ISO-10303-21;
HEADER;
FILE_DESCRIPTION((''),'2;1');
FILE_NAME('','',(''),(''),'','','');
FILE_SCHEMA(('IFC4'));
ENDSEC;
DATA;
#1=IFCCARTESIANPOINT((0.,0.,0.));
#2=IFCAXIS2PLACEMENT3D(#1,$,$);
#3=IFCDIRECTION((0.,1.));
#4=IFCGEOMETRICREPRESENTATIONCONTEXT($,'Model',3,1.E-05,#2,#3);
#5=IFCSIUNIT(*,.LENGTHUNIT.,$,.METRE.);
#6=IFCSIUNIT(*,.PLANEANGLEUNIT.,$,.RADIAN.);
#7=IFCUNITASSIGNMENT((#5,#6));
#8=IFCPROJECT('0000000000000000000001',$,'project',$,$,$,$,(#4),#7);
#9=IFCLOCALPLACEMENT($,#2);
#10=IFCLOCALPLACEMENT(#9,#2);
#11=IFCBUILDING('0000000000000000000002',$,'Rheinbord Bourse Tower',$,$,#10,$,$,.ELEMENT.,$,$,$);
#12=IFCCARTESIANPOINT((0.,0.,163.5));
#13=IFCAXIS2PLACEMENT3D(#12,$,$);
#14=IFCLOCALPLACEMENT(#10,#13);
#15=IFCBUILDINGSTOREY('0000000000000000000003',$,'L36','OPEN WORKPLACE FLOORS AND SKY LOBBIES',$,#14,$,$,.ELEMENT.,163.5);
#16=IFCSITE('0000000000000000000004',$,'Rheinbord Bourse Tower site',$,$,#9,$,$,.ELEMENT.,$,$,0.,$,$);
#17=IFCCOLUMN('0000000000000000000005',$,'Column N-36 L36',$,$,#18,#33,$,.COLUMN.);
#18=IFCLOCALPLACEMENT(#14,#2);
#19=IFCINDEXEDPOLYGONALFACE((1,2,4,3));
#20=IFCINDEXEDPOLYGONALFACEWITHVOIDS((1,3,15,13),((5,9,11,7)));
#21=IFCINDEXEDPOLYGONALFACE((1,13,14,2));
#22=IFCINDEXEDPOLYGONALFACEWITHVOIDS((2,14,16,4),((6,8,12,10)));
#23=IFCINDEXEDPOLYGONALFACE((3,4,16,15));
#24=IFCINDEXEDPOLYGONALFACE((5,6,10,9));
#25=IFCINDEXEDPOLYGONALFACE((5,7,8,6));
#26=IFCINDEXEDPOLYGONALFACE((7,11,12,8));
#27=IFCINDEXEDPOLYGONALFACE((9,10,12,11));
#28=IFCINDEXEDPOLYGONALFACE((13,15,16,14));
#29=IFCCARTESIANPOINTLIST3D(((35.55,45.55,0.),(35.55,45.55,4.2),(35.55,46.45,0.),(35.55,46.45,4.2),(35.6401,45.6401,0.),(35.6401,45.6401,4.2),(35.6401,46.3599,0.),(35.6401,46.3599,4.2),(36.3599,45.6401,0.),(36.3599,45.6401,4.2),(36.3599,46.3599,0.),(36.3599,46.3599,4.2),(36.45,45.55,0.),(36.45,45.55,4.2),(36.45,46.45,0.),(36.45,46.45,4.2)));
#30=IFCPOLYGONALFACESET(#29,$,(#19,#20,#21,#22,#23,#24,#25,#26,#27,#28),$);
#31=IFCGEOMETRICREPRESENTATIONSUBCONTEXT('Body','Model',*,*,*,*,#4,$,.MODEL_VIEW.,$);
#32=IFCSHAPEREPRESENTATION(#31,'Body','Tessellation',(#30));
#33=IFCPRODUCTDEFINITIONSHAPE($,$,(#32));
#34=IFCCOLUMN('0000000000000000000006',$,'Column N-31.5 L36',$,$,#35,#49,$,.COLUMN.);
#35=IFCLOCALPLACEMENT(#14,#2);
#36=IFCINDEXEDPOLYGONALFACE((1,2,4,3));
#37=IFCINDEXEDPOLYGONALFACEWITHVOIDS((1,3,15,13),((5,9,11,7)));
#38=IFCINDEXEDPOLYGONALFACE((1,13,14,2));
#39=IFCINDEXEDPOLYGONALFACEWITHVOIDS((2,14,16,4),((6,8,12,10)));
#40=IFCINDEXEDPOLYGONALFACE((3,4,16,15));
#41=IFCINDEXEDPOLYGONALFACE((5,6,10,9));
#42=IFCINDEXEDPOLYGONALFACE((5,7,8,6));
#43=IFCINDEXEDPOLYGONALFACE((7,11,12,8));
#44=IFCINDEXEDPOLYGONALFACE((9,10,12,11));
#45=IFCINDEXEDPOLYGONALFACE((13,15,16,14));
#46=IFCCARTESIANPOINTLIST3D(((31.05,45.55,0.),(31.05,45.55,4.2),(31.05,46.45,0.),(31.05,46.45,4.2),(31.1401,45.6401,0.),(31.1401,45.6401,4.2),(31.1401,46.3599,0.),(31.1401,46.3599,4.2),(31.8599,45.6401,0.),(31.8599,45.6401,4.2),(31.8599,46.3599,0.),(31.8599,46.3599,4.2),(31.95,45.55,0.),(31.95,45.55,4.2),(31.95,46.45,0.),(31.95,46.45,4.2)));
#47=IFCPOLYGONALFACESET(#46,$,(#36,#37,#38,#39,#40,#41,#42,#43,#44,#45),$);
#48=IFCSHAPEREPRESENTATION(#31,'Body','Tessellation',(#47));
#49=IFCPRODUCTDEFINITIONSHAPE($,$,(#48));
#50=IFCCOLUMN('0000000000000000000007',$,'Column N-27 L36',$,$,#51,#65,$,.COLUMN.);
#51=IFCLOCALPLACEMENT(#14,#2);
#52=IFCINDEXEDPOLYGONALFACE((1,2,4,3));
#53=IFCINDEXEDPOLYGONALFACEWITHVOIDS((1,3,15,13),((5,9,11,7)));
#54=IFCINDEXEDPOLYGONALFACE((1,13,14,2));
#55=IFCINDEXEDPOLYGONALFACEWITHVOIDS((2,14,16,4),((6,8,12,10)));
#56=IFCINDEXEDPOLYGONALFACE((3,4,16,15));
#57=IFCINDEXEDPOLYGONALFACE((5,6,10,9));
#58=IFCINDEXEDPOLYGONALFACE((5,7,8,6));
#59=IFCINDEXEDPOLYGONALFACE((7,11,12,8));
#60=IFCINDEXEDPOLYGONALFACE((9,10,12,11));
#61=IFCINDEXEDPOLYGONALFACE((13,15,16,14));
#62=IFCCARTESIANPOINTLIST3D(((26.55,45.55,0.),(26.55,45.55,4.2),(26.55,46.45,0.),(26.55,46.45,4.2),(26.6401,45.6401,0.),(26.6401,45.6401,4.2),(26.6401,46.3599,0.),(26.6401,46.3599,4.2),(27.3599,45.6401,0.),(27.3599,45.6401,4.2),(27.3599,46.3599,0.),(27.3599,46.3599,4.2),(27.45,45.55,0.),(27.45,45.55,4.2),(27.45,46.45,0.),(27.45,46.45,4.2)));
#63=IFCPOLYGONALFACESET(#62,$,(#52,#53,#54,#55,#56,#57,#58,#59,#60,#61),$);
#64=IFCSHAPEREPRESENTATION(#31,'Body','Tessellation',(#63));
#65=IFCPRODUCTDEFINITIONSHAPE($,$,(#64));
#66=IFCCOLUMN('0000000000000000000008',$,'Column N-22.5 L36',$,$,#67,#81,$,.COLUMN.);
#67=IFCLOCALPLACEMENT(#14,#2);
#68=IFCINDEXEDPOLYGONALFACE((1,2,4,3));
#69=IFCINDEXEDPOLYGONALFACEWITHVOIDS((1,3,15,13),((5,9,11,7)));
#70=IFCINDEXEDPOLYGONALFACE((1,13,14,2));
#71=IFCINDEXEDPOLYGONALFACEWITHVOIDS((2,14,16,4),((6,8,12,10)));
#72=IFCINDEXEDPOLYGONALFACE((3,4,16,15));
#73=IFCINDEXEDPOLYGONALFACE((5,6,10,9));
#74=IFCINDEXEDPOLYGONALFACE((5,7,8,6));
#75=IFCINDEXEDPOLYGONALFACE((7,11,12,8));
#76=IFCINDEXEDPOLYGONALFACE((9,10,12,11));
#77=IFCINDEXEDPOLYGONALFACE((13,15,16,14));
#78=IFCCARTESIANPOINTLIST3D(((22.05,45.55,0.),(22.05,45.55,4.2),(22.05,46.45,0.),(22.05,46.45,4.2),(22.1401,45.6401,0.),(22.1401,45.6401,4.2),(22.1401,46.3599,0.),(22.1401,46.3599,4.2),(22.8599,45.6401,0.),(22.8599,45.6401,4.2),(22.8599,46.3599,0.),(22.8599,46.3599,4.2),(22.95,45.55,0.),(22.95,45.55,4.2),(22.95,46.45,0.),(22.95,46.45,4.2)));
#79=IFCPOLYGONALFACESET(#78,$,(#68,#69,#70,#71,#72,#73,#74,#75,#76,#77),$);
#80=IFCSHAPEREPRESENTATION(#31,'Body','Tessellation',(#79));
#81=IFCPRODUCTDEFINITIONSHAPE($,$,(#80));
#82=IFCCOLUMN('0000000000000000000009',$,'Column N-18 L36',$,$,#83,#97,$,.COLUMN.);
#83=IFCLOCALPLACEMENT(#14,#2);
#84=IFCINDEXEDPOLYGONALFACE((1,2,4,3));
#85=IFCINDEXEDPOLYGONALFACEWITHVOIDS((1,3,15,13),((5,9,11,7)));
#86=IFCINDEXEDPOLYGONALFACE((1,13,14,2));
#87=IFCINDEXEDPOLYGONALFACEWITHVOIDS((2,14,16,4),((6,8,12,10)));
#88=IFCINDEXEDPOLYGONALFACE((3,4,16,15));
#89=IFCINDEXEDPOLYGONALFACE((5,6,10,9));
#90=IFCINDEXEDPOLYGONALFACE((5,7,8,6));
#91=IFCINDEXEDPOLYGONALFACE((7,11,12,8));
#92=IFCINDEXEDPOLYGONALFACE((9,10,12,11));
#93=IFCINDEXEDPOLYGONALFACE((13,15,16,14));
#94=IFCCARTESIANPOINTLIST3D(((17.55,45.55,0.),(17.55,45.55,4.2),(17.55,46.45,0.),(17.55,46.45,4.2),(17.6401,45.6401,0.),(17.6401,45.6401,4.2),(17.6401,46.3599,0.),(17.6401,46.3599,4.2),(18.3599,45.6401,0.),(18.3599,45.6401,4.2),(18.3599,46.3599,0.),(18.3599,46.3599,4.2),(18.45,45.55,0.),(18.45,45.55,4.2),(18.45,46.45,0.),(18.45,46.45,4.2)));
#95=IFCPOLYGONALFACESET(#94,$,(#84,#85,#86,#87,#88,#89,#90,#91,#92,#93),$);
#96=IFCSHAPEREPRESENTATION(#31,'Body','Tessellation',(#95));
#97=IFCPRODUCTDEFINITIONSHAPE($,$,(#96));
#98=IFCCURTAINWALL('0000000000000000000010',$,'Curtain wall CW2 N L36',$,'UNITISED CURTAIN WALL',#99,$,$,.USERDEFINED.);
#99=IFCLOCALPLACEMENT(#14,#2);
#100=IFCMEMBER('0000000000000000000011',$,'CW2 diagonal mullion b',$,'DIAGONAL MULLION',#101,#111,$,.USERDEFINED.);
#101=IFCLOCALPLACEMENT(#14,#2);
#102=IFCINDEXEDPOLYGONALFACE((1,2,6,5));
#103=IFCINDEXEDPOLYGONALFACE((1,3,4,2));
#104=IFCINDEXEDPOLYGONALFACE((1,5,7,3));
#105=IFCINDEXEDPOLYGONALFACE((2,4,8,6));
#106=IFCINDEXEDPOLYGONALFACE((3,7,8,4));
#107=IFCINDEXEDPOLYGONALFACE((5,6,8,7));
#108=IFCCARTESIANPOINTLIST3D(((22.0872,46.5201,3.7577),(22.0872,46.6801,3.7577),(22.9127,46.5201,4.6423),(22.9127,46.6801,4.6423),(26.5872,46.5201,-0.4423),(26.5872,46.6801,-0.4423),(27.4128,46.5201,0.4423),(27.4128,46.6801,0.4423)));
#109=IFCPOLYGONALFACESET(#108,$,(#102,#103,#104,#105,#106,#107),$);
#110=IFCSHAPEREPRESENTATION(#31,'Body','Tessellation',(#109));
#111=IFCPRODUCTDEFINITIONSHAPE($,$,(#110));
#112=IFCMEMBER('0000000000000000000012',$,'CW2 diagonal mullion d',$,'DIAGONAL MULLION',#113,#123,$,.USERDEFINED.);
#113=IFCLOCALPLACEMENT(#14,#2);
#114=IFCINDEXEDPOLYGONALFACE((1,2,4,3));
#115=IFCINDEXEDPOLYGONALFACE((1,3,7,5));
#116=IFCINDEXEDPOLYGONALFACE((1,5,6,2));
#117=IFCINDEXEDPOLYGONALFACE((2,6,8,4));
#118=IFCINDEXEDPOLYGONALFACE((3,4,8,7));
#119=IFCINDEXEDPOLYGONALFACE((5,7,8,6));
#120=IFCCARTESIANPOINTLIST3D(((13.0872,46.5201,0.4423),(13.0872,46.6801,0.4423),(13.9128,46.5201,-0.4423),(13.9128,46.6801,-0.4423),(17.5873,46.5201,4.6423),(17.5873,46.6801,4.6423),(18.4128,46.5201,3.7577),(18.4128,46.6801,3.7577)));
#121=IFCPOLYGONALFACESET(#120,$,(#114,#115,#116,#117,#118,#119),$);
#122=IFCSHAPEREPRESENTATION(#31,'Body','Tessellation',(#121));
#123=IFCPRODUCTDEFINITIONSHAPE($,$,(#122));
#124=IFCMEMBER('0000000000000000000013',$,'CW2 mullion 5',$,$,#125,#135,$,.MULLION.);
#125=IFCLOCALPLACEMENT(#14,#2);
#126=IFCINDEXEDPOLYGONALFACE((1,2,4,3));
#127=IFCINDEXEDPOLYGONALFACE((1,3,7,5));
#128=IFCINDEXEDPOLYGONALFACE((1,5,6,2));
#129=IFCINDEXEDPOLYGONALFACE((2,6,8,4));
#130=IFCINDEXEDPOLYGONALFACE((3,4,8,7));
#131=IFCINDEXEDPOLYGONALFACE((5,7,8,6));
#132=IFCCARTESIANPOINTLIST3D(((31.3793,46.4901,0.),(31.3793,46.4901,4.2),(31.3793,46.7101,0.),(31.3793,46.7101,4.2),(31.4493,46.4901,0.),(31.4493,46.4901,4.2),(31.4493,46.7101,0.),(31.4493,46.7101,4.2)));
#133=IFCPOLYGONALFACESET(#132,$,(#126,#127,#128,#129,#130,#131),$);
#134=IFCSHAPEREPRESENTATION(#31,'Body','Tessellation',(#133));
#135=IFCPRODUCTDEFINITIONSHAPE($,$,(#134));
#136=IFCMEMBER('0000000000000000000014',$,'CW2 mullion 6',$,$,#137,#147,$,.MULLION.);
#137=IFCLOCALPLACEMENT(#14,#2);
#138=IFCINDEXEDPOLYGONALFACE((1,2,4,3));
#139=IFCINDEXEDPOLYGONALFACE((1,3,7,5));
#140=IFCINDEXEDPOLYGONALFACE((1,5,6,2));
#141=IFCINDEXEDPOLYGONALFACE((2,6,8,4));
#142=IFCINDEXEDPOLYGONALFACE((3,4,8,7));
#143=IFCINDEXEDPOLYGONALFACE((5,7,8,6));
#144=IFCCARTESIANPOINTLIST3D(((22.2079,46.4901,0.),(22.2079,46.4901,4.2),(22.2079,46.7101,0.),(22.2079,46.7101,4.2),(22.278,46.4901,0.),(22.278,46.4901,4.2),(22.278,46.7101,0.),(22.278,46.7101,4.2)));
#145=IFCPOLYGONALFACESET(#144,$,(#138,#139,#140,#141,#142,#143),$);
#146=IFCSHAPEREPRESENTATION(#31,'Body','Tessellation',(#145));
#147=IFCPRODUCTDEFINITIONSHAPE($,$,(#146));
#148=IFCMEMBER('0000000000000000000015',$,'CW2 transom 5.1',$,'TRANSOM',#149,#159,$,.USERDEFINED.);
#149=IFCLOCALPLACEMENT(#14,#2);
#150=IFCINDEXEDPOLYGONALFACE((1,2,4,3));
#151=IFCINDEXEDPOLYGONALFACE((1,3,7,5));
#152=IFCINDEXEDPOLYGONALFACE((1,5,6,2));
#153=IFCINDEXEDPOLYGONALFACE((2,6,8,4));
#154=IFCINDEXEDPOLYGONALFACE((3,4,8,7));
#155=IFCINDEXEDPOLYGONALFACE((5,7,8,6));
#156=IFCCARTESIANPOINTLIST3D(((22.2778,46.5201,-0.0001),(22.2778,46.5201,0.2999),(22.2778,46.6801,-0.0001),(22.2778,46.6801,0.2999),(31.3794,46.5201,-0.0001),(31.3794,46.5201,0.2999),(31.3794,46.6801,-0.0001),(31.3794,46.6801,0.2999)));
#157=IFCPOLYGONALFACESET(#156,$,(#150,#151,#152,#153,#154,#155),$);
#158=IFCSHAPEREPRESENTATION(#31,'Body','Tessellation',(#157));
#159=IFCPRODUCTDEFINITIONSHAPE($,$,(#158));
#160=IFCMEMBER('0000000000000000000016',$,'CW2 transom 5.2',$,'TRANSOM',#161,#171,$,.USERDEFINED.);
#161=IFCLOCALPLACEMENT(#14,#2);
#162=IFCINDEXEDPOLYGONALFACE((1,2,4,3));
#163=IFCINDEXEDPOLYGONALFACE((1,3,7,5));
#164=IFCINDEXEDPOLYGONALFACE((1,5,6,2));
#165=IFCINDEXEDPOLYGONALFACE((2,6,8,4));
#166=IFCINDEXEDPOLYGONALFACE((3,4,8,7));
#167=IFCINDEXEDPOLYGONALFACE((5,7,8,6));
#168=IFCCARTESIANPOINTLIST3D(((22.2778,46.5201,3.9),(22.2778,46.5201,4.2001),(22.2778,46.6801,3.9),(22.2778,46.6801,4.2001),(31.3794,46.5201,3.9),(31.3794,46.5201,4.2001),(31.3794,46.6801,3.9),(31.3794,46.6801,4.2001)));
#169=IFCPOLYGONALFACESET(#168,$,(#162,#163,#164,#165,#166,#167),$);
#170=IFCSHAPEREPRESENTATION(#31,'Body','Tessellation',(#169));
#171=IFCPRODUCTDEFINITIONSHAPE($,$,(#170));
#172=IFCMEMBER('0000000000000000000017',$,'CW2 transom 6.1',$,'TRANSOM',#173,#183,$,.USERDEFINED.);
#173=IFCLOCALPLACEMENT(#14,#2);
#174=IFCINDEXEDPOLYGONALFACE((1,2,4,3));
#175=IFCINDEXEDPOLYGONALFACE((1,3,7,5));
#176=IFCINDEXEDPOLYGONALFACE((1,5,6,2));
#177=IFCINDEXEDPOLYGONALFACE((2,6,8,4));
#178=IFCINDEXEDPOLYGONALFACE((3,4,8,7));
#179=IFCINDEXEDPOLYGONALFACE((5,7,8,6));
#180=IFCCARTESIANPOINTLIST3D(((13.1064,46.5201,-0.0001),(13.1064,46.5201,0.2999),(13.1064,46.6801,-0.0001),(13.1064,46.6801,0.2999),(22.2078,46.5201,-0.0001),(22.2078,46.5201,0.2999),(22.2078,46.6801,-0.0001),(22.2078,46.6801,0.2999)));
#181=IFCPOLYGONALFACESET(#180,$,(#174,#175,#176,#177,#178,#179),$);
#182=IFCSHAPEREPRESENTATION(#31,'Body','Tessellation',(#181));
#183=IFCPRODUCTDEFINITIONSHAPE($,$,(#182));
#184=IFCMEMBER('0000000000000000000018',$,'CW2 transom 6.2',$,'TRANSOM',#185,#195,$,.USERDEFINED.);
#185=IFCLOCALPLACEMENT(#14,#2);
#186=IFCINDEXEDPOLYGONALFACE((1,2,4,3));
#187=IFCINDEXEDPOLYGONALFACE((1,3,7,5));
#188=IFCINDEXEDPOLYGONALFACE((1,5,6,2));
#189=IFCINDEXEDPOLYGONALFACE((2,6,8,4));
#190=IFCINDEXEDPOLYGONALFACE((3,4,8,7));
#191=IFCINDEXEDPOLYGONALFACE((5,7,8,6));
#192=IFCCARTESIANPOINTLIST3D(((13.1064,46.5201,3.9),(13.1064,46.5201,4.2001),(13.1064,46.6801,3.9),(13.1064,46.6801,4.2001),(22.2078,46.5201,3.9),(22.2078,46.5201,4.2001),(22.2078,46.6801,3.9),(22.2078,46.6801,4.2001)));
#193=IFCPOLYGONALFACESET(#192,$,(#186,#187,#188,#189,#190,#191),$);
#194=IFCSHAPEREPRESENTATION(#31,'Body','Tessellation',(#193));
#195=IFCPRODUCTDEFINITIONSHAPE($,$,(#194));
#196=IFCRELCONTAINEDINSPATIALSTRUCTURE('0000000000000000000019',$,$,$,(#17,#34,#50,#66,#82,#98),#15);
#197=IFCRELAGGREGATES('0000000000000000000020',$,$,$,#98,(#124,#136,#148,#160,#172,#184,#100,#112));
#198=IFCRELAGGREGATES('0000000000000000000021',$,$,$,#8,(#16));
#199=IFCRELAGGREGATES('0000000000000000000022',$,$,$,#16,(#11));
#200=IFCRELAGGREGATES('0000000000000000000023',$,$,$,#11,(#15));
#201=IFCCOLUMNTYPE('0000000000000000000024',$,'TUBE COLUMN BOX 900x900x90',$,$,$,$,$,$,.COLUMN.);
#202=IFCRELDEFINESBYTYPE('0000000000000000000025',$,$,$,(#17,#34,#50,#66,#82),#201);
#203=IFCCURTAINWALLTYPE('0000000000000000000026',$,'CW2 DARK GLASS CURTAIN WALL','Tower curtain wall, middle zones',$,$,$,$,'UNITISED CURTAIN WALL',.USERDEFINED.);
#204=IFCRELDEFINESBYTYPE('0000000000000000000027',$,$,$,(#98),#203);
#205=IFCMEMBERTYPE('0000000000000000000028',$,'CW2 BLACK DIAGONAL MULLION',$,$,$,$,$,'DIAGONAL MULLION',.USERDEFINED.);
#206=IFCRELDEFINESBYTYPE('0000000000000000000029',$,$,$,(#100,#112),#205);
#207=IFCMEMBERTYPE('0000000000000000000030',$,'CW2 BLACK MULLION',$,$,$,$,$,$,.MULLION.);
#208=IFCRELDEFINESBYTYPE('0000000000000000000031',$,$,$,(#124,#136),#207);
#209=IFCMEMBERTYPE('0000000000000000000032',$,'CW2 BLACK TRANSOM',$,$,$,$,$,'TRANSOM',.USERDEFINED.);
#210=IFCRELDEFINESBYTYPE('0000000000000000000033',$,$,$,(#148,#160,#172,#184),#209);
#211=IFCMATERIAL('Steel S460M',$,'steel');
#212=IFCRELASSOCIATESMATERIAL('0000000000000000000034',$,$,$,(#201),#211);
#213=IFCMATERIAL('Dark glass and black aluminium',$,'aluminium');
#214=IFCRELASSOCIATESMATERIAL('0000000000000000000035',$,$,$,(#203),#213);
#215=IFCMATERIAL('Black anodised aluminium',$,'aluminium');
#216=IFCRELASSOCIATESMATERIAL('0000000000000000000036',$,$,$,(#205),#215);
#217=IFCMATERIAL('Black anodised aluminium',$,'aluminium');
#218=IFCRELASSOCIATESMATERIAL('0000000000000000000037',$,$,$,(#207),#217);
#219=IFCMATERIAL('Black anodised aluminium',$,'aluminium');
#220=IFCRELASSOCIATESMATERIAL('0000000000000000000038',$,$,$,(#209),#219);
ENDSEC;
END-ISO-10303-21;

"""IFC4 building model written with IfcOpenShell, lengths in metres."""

from ifc_helpers import new_model, si_unit, direction, frame, origin, origin_2d, place, context, subcontext, project, spatial, rectangle, hollow_rectangle, extrude, material, material_profile, profile_set, type_object, element, aggregate, save


model = new_model("IFC4")

# Units and contexts
model_context = context("Model", 3, precision=1e-05, world=origin(), true_north=direction((0.0, 1.0)))
body_context = subcontext(model_context, "Body", "Model", "MODEL_VIEW")
ifc_project = project(units=[si_unit("LENGTHUNIT", "METRE"), si_unit("PLANEANGLEUNIT", "RADIAN")], contexts=[model_context])

# Site, building, storey
site_placement = place(None, origin())
site = spatial("IfcSite", under=ifc_project, at=site_placement, Name="Rheinbord Bourse Tower site", CompositionType="ELEMENT", RefElevation=0.0)
building_placement = place(site_placement, origin())
building = spatial("IfcBuilding", under=site, at=building_placement, Name="Rheinbord Bourse Tower", CompositionType="ELEMENT")
storey_placement = place(building_placement, frame((0.0, 0.0, 163.5)))
storey = spatial("IfcBuildingStorey", under=building, at=storey_placement, Name="L36", Description="OPEN WORKPLACE FLOORS AND SKY LOBBIES", CompositionType="ELEMENT", Elevation=163.5)

# Columns
ifc_material_1 = material(Name="Steel S460M", Category="steel")
ifc_material_profile_1 = material_profile(ifc_material_1, hollow_rectangle(XDim=0.8999, YDim=0.8999, WallThickness=0.0901, at=origin_2d()), Name="BOX 900x900x90")
ifc_profile_set_1 = profile_set([ifc_material_profile_1], Name="Steel S460M")
column_type = type_object("IfcColumnType", Name="TUBE COLUMN BOX 900x900x90", PredefinedType="COLUMN", material=ifc_profile_set_1)
for number, where, z_axis, x_axis, name in (
    (1, (36.0, 46.0, 0.0), (0.0, 0.0, 1.0), (0.0, 1.0, 0.0), "Column N-36 L36"),
    (2, (31.5, 46.0, 0.0), (0.0, 0.0, 1.0), (0.0, 1.0, 0.0), "Column N-31.5 L36"),
    (3, (27.0, 46.0, 0.0), (0.0, 0.0, 1.0), (0.0, 1.0, 0.0), "Column N-27 L36"),
    (4, (22.5, 46.0, 0.0), (0.0, 0.0, 1.0), (0.0, 1.0, 0.0), "Column N-22.5 L36"),
    (5, (18.0, 46.0, 0.0), (0.0, 0.0, 1.0), (0.0, 1.0, 0.0), "Column N-18 L36"),
):
    element("IfcColumn", number, at=place(storey_placement, frame(where, z_axis=z_axis, x_axis=x_axis)), inside=storey, type_object=column_type, Name=name, PredefinedType="COLUMN", context=body_context, shape_type="SweptSolid", body=[
        extrude(hollow_rectangle(XDim=0.8999, YDim=0.8999, WallThickness=0.0901, at=origin_2d()), origin(), (0.0, 0.0, 1.0), 4.2),
    ])

# Curtain wall, members
ifc_material_2 = material(Name="Dark glass and black aluminium", Category="aluminium")
curtain_wall_type = type_object("IfcCurtainWallType", Name="CW2 DARK GLASS CURTAIN WALL", Description="Tower curtain wall, middle zones", ElementType="UNITISED CURTAIN WALL", PredefinedType="USERDEFINED", material=ifc_material_2)
curtain_wall_placement = place(storey_placement, origin())
curtain_wall = element("IfcCurtainWall", 6, at=curtain_wall_placement, inside=storey, type_object=curtain_wall_type, Name="Curtain wall CW2 N L36", ObjectType="UNITISED CURTAIN WALL", PredefinedType="USERDEFINED")
ifc_material_3 = material(Name="Black anodised aluminium", Category="aluminium")
ifc_material_profile_2 = material_profile(ifc_material_3, rectangle(XDim=0.1599, YDim=1.21, at=origin_2d()), Name="CW2 DIAGONAL MULLION 1210x160")
ifc_profile_set_2 = profile_set([ifc_material_profile_2], Name="Black anodised aluminium")
member_type_1 = type_object("IfcMemberType", Name="CW2 BLACK DIAGONAL MULLION", ElementType="DIAGONAL MULLION", PredefinedType="USERDEFINED", material=ifc_profile_set_2)
member_1_placement = place(storey_placement, frame((27.0, 46.6001, 0.0), z_axis=(-0.731059, 0.0, 0.682314), x_axis=(0.0, -1.0, 0.0)))
member_1 = element("IfcMember", 7, at=member_1_placement, type_object=member_type_1, Name="CW2 diagonal mullion b", ObjectType="DIAGONAL MULLION", PredefinedType="USERDEFINED", context=body_context, shape_type="SweptSolid", body=[
    extrude(rectangle(XDim=0.1599, YDim=1.21, at=origin_2d()), origin(), (0.0, 0.0, 1.0), 6.1555),
])
member_2_placement = place(storey_placement, frame((13.5, 46.6001, 0.0), z_axis=(0.731059, 0.0, 0.682314), x_axis=(0.0, 1.0, 0.0)))
member_2 = element("IfcMember", 8, at=member_2_placement, type_object=member_type_1, Name="CW2 diagonal mullion d", ObjectType="DIAGONAL MULLION", PredefinedType="USERDEFINED", context=body_context, shape_type="SweptSolid", body=[
    extrude(rectangle(XDim=0.1599, YDim=1.21, at=origin_2d()), origin(), (0.0, 0.0, 1.0), 6.1555),
])
ifc_material_4 = material(Name="Black anodised aluminium", Category="aluminium")
ifc_material_profile_3 = material_profile(ifc_material_4, rectangle(XDim=0.22, YDim=0.0701, at=origin_2d()), Name="CW2 MULLION 70x220")
ifc_profile_set_3 = profile_set([ifc_material_profile_3], Name="Black anodised aluminium")
member_type_2 = type_object("IfcMemberType", Name="CW2 BLACK MULLION", PredefinedType="MULLION", material=ifc_profile_set_3)
member_3_placement = place(storey_placement, frame((31.4143, 46.6001, 0.0), z_axis=(0.0, 0.0, 1.0), x_axis=(0.0, -1.0, 0.0)))
member_3 = element("IfcMember", 9, at=member_3_placement, type_object=member_type_2, Name="CW2 mullion 5", PredefinedType="MULLION", context=body_context, shape_type="SweptSolid", body=[
    extrude(rectangle(XDim=0.22, YDim=0.0701, at=origin_2d()), origin(), (0.0, 0.0, 1.0), 4.2),
])
member_4_placement = place(storey_placement, frame((22.2429, 46.6001, 0.0), z_axis=(0.0, 0.0, 1.0), x_axis=(0.0, -1.0, 0.0)))
member_4 = element("IfcMember", 10, at=member_4_placement, type_object=member_type_2, Name="CW2 mullion 6", PredefinedType="MULLION", context=body_context, shape_type="SweptSolid", body=[
    extrude(rectangle(XDim=0.22, YDim=0.0701, at=origin_2d()), origin(), (0.0, 0.0, 1.0), 4.2),
])
ifc_material_5 = material(Name="Black anodised aluminium", Category="aluminium")
ifc_material_profile_4 = material_profile(ifc_material_5, rectangle(XDim=0.1599, YDim=0.3, at=origin_2d()), Name="CW2 TRANSOM 300x160")
ifc_profile_set_4 = profile_set([ifc_material_profile_4], Name="Black anodised aluminium")
member_type_3 = type_object("IfcMemberType", Name="CW2 BLACK TRANSOM", ElementType="TRANSOM", PredefinedType="USERDEFINED", material=ifc_profile_set_4)
member_5_placement = place(storey_placement, frame((31.3794, 46.6001, 0.1499), z_axis=(-1.0, 0.0, 0.0), x_axis=(0.0, -1.0, 0.0)))
member_5 = element("IfcMember", 11, at=member_5_placement, type_object=member_type_3, Name="CW2 transom 5.1", ObjectType="TRANSOM", PredefinedType="USERDEFINED", context=body_context, shape_type="SweptSolid", body=[
    extrude(rectangle(XDim=0.1599, YDim=0.3, at=origin_2d()), origin(), (0.0, 0.0, 1.0), 9.1016),
])
member_6_placement = place(storey_placement, frame((31.3794, 46.6001, 4.05), z_axis=(-1.0, 0.0, 0.0), x_axis=(0.0, -1.0, 0.0)))
member_6 = element("IfcMember", 12, at=member_6_placement, type_object=member_type_3, Name="CW2 transom 5.2", ObjectType="TRANSOM", PredefinedType="USERDEFINED", context=body_context, shape_type="SweptSolid", body=[
    extrude(rectangle(XDim=0.1599, YDim=0.3, at=origin_2d()), origin(), (0.0, 0.0, 1.0), 9.1016),
])
member_7_placement = place(storey_placement, frame((22.2078, 46.6001, 0.1499), z_axis=(-1.0, 0.0, 0.0), x_axis=(0.0, -1.0, 0.0)))
member_7 = element("IfcMember", 13, at=member_7_placement, type_object=member_type_3, Name="CW2 transom 6.1", ObjectType="TRANSOM", PredefinedType="USERDEFINED", context=body_context, shape_type="SweptSolid", body=[
    extrude(rectangle(XDim=0.1599, YDim=0.3, at=origin_2d()), origin(), (0.0, 0.0, 1.0), 9.1013),
])
member_8_placement = place(storey_placement, frame((22.2078, 46.6001, 4.05), z_axis=(-1.0, 0.0, 0.0), x_axis=(0.0, -1.0, 0.0)))
member_8 = element("IfcMember", 14, at=member_8_placement, type_object=member_type_3, Name="CW2 transom 6.2", ObjectType="TRANSOM", PredefinedType="USERDEFINED", context=body_context, shape_type="SweptSolid", body=[
    extrude(rectangle(XDim=0.1599, YDim=0.3, at=origin_2d()), origin(), (0.0, 0.0, 1.0), 9.1013),
])

aggregate(curtain_wall, [member_3, member_4, member_5, member_6, member_7, member_8, member_1, member_2])

save(model, "model.ifc")
